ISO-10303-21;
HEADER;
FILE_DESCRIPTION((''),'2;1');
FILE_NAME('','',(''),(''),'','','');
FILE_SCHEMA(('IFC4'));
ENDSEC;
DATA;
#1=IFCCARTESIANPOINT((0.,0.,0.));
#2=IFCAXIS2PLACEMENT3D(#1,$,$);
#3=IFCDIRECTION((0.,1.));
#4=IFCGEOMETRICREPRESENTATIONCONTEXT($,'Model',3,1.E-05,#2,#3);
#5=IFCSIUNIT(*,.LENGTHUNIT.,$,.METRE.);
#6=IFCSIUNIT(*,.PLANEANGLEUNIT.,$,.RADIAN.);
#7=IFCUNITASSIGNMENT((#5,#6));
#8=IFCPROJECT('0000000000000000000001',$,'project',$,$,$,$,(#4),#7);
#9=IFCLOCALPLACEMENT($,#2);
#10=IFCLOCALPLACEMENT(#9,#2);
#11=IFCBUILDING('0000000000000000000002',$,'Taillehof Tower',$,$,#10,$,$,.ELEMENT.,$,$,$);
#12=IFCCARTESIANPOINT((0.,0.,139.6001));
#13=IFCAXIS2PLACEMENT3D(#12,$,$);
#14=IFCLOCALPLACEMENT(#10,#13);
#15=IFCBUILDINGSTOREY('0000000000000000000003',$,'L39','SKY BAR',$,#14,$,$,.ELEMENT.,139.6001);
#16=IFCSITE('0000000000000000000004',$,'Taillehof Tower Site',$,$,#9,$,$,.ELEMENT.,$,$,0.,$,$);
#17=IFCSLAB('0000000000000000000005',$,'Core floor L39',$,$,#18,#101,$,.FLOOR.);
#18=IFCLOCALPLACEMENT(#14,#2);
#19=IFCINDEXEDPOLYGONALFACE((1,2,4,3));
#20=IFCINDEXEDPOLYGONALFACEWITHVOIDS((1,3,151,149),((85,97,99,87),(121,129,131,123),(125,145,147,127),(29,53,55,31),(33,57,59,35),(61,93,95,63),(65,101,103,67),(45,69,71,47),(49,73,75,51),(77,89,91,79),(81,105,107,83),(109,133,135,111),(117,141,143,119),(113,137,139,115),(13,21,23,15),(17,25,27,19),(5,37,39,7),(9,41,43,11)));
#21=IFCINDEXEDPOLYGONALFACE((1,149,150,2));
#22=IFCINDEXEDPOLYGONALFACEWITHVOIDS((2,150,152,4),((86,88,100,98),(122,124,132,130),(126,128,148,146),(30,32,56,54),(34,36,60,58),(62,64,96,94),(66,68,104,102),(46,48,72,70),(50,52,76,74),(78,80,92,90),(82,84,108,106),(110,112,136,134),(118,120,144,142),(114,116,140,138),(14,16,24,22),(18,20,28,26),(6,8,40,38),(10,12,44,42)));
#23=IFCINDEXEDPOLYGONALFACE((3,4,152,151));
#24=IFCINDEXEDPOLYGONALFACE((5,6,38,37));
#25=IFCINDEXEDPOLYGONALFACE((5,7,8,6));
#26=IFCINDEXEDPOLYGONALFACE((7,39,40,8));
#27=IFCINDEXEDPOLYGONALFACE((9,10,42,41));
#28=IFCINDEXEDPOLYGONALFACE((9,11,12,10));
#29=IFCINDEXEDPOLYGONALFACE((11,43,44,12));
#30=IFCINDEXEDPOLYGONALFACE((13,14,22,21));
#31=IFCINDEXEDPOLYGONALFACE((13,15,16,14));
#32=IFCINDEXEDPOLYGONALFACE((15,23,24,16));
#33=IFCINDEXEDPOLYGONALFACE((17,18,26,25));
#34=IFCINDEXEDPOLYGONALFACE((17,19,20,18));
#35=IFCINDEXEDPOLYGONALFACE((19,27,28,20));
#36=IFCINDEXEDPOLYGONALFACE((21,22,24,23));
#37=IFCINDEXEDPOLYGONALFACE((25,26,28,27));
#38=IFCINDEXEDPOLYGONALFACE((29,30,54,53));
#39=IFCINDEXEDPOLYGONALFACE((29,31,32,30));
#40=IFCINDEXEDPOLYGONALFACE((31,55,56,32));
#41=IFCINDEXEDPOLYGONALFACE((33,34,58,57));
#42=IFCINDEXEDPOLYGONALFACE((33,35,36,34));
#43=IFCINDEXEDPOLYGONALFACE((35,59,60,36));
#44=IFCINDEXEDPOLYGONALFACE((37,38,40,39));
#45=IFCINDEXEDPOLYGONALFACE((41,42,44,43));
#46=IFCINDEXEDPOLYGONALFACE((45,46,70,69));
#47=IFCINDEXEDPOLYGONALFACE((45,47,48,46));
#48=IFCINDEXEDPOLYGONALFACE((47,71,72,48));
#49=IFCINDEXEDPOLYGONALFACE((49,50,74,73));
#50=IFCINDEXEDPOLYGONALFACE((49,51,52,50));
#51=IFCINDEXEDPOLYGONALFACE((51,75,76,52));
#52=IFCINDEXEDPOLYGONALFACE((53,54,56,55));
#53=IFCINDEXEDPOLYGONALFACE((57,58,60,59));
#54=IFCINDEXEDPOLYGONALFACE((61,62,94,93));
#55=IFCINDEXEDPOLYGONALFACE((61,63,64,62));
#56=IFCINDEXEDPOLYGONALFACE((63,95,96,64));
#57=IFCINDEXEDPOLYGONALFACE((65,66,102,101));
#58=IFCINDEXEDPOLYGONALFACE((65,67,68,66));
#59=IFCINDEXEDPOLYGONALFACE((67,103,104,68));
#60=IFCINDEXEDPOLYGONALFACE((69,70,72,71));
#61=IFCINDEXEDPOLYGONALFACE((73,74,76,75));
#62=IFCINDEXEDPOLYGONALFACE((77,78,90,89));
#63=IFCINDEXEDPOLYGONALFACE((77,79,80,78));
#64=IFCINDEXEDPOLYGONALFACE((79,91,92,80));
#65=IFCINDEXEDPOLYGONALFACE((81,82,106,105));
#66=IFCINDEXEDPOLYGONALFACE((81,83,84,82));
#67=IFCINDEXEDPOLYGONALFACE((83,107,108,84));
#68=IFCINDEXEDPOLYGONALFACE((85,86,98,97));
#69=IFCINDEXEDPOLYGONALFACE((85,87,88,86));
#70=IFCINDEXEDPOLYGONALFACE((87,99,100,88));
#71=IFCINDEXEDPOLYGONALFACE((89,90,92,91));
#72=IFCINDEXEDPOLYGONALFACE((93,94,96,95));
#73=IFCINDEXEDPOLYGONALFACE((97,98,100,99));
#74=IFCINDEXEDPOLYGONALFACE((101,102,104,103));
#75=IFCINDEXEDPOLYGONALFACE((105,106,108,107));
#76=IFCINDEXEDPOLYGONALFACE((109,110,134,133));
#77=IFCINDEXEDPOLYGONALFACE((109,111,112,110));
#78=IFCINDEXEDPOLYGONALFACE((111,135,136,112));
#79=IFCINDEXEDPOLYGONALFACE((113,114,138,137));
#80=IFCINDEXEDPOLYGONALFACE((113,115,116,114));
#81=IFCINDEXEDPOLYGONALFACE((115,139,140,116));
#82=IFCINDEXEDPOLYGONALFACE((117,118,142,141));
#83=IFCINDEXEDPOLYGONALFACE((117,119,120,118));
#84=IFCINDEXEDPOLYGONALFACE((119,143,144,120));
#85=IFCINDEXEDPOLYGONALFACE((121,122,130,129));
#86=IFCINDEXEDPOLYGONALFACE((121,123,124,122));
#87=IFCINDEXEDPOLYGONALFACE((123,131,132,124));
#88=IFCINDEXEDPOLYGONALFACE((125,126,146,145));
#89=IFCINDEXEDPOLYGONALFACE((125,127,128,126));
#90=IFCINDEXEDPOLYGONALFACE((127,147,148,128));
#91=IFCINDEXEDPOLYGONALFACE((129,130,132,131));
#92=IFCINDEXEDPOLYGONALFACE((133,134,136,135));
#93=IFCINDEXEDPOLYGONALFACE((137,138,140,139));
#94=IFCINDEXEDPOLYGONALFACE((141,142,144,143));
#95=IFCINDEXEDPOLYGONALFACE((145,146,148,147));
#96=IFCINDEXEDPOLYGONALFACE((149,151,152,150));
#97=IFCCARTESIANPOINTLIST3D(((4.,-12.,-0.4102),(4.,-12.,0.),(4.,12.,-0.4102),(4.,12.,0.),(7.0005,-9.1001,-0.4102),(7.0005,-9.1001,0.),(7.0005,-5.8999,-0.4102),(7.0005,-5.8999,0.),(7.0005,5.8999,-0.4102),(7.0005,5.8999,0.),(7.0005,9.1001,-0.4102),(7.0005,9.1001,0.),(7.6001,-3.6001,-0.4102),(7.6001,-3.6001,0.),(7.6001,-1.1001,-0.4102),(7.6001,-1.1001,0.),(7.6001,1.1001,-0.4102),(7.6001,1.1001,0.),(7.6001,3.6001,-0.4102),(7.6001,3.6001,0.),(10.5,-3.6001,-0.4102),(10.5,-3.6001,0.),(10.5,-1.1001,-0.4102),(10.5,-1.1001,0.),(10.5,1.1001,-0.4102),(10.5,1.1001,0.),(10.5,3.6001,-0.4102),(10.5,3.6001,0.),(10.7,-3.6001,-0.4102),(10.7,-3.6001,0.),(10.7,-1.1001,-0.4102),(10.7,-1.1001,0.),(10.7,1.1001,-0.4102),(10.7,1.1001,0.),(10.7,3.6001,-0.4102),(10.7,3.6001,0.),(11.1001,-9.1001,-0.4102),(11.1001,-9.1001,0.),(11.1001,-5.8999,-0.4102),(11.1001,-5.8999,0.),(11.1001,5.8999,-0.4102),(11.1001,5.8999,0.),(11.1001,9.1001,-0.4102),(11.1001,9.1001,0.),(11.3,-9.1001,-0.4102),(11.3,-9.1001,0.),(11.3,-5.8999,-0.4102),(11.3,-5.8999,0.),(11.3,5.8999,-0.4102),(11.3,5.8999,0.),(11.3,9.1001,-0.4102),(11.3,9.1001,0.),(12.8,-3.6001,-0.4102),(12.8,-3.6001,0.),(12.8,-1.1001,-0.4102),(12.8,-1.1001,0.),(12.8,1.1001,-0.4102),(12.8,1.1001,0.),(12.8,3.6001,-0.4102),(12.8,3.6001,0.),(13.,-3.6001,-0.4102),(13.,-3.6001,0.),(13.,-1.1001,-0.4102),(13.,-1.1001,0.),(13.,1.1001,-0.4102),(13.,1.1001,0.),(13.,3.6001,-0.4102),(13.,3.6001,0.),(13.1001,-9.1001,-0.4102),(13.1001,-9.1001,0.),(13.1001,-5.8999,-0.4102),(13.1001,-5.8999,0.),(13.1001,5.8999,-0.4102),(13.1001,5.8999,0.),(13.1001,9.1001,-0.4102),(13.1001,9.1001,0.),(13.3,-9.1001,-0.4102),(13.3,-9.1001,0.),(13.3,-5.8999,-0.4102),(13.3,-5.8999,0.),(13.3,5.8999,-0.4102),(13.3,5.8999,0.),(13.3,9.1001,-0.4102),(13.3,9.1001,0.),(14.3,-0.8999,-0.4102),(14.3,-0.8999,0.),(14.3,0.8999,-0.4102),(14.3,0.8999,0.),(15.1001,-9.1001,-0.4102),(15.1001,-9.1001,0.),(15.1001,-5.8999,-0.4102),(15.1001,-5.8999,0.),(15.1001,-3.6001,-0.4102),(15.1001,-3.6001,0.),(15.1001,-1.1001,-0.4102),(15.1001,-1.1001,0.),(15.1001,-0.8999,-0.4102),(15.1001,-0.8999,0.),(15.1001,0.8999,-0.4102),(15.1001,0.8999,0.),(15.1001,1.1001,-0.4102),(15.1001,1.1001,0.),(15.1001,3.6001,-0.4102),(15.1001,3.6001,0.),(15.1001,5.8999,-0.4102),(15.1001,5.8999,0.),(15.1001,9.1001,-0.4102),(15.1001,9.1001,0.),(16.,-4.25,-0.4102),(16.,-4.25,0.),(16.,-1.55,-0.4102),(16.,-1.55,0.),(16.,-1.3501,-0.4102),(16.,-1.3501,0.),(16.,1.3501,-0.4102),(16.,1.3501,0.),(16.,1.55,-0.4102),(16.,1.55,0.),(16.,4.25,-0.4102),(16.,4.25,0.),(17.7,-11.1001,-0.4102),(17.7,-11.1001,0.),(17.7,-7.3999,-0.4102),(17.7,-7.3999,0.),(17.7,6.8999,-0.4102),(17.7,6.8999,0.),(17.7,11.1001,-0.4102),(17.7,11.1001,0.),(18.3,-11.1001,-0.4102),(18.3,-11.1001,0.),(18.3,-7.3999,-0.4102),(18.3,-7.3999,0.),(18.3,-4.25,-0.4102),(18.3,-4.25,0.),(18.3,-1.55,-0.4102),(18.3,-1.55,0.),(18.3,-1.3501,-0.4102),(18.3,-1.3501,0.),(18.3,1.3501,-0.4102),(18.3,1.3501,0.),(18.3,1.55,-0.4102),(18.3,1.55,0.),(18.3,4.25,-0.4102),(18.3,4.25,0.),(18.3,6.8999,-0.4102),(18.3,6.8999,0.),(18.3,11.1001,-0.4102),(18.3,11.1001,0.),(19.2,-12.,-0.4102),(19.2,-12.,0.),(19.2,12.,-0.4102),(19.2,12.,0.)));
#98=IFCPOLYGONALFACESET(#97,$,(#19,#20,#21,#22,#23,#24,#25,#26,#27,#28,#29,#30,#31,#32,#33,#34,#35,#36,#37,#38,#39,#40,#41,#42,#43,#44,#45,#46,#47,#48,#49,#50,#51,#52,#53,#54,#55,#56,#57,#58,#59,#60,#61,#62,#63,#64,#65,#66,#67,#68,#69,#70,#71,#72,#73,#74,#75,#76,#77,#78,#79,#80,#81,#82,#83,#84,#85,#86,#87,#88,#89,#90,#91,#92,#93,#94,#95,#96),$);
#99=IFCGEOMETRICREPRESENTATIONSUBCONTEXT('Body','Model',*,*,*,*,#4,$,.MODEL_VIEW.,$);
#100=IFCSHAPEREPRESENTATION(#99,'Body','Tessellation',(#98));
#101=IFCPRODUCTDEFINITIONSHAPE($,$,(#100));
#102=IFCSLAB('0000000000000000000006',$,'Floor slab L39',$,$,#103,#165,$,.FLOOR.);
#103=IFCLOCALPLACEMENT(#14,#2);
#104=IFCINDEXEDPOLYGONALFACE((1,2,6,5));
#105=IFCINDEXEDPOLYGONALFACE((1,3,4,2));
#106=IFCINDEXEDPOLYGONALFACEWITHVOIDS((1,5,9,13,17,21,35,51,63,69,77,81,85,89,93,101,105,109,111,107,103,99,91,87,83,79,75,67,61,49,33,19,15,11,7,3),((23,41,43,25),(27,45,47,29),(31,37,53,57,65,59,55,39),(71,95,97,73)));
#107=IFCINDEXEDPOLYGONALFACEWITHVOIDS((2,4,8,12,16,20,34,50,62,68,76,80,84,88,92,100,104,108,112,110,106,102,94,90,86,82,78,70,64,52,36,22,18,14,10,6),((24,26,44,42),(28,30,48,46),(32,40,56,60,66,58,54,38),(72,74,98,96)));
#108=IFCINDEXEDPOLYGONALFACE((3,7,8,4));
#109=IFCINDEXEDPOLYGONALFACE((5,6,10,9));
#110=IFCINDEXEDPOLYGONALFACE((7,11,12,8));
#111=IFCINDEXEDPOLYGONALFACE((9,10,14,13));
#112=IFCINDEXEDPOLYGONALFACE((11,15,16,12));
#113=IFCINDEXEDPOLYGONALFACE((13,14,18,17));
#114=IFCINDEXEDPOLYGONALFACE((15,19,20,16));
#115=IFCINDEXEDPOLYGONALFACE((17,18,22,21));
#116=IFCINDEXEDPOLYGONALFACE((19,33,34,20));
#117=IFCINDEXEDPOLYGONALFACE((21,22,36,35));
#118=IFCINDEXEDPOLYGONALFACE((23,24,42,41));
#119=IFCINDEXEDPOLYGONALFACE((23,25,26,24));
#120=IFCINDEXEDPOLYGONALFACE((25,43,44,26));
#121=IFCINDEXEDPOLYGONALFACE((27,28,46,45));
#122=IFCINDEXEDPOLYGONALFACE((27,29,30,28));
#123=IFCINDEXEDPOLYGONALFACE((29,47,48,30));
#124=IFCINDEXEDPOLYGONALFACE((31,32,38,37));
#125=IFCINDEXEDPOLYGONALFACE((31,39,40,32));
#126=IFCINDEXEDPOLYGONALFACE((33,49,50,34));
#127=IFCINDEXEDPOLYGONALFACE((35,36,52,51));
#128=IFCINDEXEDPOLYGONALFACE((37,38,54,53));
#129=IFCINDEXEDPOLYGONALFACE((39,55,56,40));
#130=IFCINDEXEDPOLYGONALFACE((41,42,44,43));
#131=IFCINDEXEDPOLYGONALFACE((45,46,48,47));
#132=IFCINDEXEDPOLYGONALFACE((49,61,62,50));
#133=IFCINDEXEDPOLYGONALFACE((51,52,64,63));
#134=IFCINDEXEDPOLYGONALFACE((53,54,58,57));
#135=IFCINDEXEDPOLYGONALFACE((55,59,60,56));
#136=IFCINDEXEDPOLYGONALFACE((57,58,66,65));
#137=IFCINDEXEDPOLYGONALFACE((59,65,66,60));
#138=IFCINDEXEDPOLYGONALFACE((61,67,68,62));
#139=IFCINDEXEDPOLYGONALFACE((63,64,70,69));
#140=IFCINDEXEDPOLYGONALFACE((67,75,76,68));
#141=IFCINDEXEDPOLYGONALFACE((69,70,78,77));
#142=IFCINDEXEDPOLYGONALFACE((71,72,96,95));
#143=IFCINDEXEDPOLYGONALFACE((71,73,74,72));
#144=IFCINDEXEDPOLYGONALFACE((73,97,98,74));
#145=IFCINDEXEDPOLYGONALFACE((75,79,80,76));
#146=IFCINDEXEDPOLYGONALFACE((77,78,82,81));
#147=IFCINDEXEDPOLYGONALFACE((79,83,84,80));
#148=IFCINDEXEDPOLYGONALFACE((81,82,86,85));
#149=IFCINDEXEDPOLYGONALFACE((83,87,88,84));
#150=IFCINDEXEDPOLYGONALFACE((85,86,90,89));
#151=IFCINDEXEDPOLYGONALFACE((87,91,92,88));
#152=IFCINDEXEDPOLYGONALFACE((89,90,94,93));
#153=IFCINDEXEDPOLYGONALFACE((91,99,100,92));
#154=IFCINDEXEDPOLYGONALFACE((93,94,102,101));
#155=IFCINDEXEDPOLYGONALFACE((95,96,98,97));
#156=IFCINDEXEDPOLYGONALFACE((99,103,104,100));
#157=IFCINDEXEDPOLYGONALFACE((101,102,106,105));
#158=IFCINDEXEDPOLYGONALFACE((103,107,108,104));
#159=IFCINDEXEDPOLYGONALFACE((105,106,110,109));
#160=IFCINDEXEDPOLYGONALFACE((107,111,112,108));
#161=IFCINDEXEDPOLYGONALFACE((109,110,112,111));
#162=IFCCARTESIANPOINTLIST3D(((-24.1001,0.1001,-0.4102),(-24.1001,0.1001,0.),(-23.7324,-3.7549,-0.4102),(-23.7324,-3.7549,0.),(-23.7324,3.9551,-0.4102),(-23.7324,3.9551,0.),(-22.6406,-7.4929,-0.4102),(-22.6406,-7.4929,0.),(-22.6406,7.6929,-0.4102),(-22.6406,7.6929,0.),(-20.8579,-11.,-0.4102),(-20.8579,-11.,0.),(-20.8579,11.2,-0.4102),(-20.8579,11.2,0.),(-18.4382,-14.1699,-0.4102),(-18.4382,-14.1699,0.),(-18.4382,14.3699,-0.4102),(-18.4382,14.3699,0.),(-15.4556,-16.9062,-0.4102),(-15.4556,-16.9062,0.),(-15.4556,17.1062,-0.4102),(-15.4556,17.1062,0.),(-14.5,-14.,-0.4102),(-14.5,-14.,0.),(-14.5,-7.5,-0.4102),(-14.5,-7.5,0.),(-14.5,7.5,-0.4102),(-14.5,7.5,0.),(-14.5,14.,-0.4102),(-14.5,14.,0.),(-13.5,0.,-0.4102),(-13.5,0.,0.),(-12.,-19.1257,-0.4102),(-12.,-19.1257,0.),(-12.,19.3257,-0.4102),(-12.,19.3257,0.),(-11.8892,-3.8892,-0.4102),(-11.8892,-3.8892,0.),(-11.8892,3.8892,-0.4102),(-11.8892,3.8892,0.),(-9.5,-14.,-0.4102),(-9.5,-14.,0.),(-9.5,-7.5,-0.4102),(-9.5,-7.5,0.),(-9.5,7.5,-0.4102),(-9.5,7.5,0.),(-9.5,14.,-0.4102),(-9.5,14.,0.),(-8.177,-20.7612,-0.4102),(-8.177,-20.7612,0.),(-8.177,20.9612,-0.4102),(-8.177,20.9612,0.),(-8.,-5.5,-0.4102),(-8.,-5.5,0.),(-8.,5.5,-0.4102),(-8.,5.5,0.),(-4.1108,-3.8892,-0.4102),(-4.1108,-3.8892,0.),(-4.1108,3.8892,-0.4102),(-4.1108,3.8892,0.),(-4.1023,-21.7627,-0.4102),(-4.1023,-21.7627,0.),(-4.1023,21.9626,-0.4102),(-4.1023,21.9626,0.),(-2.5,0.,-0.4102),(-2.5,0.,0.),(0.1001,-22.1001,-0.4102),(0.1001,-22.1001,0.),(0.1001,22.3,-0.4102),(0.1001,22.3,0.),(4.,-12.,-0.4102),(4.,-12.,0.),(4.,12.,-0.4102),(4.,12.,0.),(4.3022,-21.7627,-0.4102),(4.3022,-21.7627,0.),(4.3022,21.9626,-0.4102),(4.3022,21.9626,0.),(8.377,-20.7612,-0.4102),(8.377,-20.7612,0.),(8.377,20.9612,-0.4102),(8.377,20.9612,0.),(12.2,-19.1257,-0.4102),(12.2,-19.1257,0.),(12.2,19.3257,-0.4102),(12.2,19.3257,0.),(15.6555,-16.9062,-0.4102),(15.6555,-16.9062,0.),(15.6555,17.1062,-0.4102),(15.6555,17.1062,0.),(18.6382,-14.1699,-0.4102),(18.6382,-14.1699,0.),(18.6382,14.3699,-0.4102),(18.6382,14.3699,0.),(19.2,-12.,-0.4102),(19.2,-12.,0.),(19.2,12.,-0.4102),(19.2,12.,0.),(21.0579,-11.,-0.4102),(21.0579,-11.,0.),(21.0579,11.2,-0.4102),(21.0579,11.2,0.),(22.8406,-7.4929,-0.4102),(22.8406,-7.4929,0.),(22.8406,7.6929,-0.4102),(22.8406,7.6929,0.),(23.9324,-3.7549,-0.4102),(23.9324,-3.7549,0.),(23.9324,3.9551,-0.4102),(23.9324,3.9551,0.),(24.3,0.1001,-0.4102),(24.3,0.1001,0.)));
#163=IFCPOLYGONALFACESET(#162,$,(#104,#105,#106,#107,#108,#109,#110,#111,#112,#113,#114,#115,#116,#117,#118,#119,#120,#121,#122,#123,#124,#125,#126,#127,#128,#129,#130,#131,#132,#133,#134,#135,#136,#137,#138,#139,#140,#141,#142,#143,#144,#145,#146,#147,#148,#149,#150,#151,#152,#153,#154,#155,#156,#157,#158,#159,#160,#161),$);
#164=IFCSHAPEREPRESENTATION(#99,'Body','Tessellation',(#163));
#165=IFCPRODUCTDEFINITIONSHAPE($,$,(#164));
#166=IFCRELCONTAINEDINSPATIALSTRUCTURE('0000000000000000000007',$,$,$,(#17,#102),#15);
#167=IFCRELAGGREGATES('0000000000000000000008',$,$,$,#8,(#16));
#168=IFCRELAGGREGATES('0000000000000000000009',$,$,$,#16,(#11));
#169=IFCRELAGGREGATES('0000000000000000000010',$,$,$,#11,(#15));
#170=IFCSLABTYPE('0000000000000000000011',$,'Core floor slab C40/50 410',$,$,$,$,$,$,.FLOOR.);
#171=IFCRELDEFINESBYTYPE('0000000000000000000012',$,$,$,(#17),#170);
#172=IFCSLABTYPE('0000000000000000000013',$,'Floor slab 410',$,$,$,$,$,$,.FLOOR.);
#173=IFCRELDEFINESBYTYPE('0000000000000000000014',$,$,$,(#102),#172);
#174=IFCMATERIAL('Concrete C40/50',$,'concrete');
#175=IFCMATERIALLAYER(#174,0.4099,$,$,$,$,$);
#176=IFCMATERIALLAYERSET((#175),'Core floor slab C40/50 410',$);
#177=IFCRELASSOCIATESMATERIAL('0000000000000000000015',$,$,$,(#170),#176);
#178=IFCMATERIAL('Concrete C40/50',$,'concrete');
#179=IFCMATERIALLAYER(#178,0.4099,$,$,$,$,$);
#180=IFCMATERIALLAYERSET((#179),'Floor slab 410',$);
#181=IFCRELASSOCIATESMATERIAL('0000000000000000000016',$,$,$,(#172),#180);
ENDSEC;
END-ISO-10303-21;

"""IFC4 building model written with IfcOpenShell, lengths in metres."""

from ifc_helpers import new_model, si_unit, direction, frame, origin, place, context, subcontext, project, spatial, polyline, outline, extrude, material, layer, layer_set, type_object, element, save


model = new_model("IFC4")

# Units and contexts
model_context = context("Model", 3, precision=1e-05, world=origin(), true_north=direction((0.0, 1.0)))
body_context = subcontext(model_context, "Body", "Model", "MODEL_VIEW")
ifc_project = project(units=[si_unit("LENGTHUNIT", "METRE"), si_unit("PLANEANGLEUNIT", "RADIAN")], contexts=[model_context])

# Site, building, storey
site_placement = place(None, origin())
site = spatial("IfcSite", under=ifc_project, at=site_placement, Name="Taillehof Tower Site", CompositionType="ELEMENT", RefElevation=0.0)
building_placement = place(site_placement, origin())
building = spatial("IfcBuilding", under=site, at=building_placement, Name="Taillehof Tower", CompositionType="ELEMENT")
storey_placement = place(building_placement, frame((0.0, 0.0, 139.6001)))
storey = spatial("IfcBuildingStorey", under=building, at=storey_placement, Name="L39", Description="SKY BAR", CompositionType="ELEMENT", Elevation=139.6001)

# Slabs
ifc_material_1 = material(Name="Concrete C40/50", Category="concrete")
ifc_layer_1 = layer(ifc_material_1, 0.4099)
ifc_layer_set_1 = layer_set([ifc_layer_1], Name="Core floor slab C40/50 410")
slab_type_1 = type_object("IfcSlabType", Name="Core floor slab C40/50 410", PredefinedType="FLOOR", material=ifc_layer_set_1)
slab_1_placement = place(storey_placement, frame((0.0, 0.0, -0.4102)))
element("IfcSlab", 1, at=slab_1_placement, inside=storey, type_object=slab_type_1, Name="Core floor L39", PredefinedType="FLOOR", context=body_context, shape_type="SweptSolid", body=[
    extrude(outline(polyline([(4.0, -12.0), (4.0, 12.0), (19.2, 12.0), (19.2, -12.0), (4.0, -12.0)]), holes=[polyline([(7.0005, -9.1001), (11.1001, -9.1001), (11.1001, -5.8999), (7.0005, -5.8999), (7.0005, -9.1001)]), polyline([(13.1001, -9.1001), (13.1001, -5.8999), (11.3, -5.8999), (11.3, -9.1001), (13.1001, -9.1001)]), polyline([(10.5, -3.6001), (10.5, -1.1001), (7.6001, -1.1001), (7.6001, -3.6001), (10.5, -3.6001)]), polyline([(12.8, -3.6001), (12.8, -1.1001), (10.7, -1.1001), (10.7, -3.6001), (12.8, -3.6001)]), polyline([(10.5, 1.1001), (10.5, 3.6001), (7.6001, 3.6001), (7.6001, 1.1001), (10.5, 1.1001)]), polyline([(12.8, 1.1001), (12.8, 3.6001), (10.7, 3.6001), (10.7, 1.1001), (12.8, 1.1001)]), polyline([(15.1001, 1.1001), (15.1001, 3.6001), (13.0, 3.6001), (13.0, 1.1001), (15.1001, 1.1001)]), polyline([(11.3, 5.8999), (13.1001, 5.8999), (13.1001, 9.1001), (11.3, 9.1001), (11.3, 5.8999)]), polyline([(7.0005, 5.8999), (11.1001, 5.8999), (11.1001, 9.1001), (7.0005, 9.1001), (7.0005, 5.8999)]), polyline([(18.3, -11.1001), (18.3, -7.3999), (17.7, -7.3999), (17.7, -11.1001), (18.3, -11.1001)]), polyline([(15.1001, -9.1001), (15.1001, -5.8999), (13.3, -5.8999), (13.3, -9.1001), (15.1001, -9.1001)]), polyline([(18.3, -4.25), (18.3, -1.55), (16.0, -1.55), (16.0, -4.25), (18.3, -4.25)]), polyline([(15.1001, -3.6001), (15.1001, -1.1001), (13.0, -1.1001), (13.0, -3.6001), (15.1001, -3.6001)]), polyline([(15.1001, -0.8999), (15.1001, 0.8999), (14.3, 0.8999), (14.3, -0.8999), (15.1001, -0.8999)]), polyline([(18.3, -1.3501), (18.3, 1.3501), (16.0, 1.3501), (16.0, -1.3501), (18.3, -1.3501)]), polyline([(18.3, 1.55), (18.3, 4.25), (16.0, 4.25), (16.0, 1.55), (18.3, 1.55)]), polyline([(13.3, 5.8999), (15.1001, 5.8999), (15.1001, 9.1001), (13.3, 9.1001), (13.3, 5.8999)]), polyline([(17.7, 6.8999), (18.3, 6.8999), (18.3, 11.1001), (17.7, 11.1001), (17.7, 6.8999)])]), origin(), (0.0, 0.0, 1.0), 0.4102),
])
ifc_material_2 = material(Name="Concrete C40/50", Category="concrete")
ifc_layer_2 = layer(ifc_material_2, 0.4099)
ifc_layer_set_2 = layer_set([ifc_layer_2], Name="Floor slab 410")
slab_type_2 = type_object("IfcSlabType", Name="Floor slab 410", PredefinedType="FLOOR", material=ifc_layer_set_2)
slab_2_placement = place(storey_placement, frame((0.0, 0.0, -0.4102)))
element("IfcSlab", 2, at=slab_2_placement, inside=storey, type_object=slab_type_2, Name="Floor slab L39", PredefinedType="FLOOR", context=body_context, shape_type="SweptSolid", body=[
    extrude(outline(polyline([(24.3, 0.1001), (23.9324, 3.9551), (22.8406, 7.6929), (21.0579, 11.2), (18.6382, 14.3699), (15.6555, 17.1062), (12.2, 19.3257), (8.377, 20.9612), (4.3022, 21.9626), (0.1001, 22.3), (-4.1023, 21.9626), (-8.177, 20.9612), (-12.0, 19.3257), (-15.4556, 17.1062), (-18.4382, 14.3699), (-20.8579, 11.2), (-22.6406, 7.6929), (-23.7324, 3.9551), (-24.1001, 0.1001), (-23.7324, -3.7549), (-22.6406, -7.4929), (-20.8579, -11.0), (-18.4382, -14.1699), (-15.4556, -16.9062), (-12.0, -19.1257), (-8.177, -20.7612), (-4.1023, -21.7627), (0.1001, -22.1001), (4.3022, -21.7627), (8.377, -20.7612), (12.2, -19.1257), (15.6555, -16.9062), (18.6382, -14.1699), (21.0579, -11.0), (22.8406, -7.4929), (23.9324, -3.7549), (24.3, 0.1001)]), holes=[polyline([(-14.5, -7.5), (-9.5, -7.5), (-9.5, -14.0), (-14.5, -14.0), (-14.5, -7.5)]), polyline([(-8.0, -5.5), (-11.8892, -3.8892), (-13.5, 0.0), (-11.8892, 3.8892), (-8.0, 5.5), (-4.1108, 3.8892), (-2.5, 0.0), (-4.1108, -3.8892), (-8.0, -5.5)]), polyline([(19.2, 12.0), (19.2, -12.0), (4.0, -12.0), (4.0, 12.0), (19.2, 12.0)]), polyline([(-14.5, 14.0), (-9.5, 14.0), (-9.5, 7.5), (-14.5, 7.5), (-14.5, 14.0)])]), origin(), (0.0, 0.0, 1.0), 0.4102),
])

save(model, "model.ifc")
